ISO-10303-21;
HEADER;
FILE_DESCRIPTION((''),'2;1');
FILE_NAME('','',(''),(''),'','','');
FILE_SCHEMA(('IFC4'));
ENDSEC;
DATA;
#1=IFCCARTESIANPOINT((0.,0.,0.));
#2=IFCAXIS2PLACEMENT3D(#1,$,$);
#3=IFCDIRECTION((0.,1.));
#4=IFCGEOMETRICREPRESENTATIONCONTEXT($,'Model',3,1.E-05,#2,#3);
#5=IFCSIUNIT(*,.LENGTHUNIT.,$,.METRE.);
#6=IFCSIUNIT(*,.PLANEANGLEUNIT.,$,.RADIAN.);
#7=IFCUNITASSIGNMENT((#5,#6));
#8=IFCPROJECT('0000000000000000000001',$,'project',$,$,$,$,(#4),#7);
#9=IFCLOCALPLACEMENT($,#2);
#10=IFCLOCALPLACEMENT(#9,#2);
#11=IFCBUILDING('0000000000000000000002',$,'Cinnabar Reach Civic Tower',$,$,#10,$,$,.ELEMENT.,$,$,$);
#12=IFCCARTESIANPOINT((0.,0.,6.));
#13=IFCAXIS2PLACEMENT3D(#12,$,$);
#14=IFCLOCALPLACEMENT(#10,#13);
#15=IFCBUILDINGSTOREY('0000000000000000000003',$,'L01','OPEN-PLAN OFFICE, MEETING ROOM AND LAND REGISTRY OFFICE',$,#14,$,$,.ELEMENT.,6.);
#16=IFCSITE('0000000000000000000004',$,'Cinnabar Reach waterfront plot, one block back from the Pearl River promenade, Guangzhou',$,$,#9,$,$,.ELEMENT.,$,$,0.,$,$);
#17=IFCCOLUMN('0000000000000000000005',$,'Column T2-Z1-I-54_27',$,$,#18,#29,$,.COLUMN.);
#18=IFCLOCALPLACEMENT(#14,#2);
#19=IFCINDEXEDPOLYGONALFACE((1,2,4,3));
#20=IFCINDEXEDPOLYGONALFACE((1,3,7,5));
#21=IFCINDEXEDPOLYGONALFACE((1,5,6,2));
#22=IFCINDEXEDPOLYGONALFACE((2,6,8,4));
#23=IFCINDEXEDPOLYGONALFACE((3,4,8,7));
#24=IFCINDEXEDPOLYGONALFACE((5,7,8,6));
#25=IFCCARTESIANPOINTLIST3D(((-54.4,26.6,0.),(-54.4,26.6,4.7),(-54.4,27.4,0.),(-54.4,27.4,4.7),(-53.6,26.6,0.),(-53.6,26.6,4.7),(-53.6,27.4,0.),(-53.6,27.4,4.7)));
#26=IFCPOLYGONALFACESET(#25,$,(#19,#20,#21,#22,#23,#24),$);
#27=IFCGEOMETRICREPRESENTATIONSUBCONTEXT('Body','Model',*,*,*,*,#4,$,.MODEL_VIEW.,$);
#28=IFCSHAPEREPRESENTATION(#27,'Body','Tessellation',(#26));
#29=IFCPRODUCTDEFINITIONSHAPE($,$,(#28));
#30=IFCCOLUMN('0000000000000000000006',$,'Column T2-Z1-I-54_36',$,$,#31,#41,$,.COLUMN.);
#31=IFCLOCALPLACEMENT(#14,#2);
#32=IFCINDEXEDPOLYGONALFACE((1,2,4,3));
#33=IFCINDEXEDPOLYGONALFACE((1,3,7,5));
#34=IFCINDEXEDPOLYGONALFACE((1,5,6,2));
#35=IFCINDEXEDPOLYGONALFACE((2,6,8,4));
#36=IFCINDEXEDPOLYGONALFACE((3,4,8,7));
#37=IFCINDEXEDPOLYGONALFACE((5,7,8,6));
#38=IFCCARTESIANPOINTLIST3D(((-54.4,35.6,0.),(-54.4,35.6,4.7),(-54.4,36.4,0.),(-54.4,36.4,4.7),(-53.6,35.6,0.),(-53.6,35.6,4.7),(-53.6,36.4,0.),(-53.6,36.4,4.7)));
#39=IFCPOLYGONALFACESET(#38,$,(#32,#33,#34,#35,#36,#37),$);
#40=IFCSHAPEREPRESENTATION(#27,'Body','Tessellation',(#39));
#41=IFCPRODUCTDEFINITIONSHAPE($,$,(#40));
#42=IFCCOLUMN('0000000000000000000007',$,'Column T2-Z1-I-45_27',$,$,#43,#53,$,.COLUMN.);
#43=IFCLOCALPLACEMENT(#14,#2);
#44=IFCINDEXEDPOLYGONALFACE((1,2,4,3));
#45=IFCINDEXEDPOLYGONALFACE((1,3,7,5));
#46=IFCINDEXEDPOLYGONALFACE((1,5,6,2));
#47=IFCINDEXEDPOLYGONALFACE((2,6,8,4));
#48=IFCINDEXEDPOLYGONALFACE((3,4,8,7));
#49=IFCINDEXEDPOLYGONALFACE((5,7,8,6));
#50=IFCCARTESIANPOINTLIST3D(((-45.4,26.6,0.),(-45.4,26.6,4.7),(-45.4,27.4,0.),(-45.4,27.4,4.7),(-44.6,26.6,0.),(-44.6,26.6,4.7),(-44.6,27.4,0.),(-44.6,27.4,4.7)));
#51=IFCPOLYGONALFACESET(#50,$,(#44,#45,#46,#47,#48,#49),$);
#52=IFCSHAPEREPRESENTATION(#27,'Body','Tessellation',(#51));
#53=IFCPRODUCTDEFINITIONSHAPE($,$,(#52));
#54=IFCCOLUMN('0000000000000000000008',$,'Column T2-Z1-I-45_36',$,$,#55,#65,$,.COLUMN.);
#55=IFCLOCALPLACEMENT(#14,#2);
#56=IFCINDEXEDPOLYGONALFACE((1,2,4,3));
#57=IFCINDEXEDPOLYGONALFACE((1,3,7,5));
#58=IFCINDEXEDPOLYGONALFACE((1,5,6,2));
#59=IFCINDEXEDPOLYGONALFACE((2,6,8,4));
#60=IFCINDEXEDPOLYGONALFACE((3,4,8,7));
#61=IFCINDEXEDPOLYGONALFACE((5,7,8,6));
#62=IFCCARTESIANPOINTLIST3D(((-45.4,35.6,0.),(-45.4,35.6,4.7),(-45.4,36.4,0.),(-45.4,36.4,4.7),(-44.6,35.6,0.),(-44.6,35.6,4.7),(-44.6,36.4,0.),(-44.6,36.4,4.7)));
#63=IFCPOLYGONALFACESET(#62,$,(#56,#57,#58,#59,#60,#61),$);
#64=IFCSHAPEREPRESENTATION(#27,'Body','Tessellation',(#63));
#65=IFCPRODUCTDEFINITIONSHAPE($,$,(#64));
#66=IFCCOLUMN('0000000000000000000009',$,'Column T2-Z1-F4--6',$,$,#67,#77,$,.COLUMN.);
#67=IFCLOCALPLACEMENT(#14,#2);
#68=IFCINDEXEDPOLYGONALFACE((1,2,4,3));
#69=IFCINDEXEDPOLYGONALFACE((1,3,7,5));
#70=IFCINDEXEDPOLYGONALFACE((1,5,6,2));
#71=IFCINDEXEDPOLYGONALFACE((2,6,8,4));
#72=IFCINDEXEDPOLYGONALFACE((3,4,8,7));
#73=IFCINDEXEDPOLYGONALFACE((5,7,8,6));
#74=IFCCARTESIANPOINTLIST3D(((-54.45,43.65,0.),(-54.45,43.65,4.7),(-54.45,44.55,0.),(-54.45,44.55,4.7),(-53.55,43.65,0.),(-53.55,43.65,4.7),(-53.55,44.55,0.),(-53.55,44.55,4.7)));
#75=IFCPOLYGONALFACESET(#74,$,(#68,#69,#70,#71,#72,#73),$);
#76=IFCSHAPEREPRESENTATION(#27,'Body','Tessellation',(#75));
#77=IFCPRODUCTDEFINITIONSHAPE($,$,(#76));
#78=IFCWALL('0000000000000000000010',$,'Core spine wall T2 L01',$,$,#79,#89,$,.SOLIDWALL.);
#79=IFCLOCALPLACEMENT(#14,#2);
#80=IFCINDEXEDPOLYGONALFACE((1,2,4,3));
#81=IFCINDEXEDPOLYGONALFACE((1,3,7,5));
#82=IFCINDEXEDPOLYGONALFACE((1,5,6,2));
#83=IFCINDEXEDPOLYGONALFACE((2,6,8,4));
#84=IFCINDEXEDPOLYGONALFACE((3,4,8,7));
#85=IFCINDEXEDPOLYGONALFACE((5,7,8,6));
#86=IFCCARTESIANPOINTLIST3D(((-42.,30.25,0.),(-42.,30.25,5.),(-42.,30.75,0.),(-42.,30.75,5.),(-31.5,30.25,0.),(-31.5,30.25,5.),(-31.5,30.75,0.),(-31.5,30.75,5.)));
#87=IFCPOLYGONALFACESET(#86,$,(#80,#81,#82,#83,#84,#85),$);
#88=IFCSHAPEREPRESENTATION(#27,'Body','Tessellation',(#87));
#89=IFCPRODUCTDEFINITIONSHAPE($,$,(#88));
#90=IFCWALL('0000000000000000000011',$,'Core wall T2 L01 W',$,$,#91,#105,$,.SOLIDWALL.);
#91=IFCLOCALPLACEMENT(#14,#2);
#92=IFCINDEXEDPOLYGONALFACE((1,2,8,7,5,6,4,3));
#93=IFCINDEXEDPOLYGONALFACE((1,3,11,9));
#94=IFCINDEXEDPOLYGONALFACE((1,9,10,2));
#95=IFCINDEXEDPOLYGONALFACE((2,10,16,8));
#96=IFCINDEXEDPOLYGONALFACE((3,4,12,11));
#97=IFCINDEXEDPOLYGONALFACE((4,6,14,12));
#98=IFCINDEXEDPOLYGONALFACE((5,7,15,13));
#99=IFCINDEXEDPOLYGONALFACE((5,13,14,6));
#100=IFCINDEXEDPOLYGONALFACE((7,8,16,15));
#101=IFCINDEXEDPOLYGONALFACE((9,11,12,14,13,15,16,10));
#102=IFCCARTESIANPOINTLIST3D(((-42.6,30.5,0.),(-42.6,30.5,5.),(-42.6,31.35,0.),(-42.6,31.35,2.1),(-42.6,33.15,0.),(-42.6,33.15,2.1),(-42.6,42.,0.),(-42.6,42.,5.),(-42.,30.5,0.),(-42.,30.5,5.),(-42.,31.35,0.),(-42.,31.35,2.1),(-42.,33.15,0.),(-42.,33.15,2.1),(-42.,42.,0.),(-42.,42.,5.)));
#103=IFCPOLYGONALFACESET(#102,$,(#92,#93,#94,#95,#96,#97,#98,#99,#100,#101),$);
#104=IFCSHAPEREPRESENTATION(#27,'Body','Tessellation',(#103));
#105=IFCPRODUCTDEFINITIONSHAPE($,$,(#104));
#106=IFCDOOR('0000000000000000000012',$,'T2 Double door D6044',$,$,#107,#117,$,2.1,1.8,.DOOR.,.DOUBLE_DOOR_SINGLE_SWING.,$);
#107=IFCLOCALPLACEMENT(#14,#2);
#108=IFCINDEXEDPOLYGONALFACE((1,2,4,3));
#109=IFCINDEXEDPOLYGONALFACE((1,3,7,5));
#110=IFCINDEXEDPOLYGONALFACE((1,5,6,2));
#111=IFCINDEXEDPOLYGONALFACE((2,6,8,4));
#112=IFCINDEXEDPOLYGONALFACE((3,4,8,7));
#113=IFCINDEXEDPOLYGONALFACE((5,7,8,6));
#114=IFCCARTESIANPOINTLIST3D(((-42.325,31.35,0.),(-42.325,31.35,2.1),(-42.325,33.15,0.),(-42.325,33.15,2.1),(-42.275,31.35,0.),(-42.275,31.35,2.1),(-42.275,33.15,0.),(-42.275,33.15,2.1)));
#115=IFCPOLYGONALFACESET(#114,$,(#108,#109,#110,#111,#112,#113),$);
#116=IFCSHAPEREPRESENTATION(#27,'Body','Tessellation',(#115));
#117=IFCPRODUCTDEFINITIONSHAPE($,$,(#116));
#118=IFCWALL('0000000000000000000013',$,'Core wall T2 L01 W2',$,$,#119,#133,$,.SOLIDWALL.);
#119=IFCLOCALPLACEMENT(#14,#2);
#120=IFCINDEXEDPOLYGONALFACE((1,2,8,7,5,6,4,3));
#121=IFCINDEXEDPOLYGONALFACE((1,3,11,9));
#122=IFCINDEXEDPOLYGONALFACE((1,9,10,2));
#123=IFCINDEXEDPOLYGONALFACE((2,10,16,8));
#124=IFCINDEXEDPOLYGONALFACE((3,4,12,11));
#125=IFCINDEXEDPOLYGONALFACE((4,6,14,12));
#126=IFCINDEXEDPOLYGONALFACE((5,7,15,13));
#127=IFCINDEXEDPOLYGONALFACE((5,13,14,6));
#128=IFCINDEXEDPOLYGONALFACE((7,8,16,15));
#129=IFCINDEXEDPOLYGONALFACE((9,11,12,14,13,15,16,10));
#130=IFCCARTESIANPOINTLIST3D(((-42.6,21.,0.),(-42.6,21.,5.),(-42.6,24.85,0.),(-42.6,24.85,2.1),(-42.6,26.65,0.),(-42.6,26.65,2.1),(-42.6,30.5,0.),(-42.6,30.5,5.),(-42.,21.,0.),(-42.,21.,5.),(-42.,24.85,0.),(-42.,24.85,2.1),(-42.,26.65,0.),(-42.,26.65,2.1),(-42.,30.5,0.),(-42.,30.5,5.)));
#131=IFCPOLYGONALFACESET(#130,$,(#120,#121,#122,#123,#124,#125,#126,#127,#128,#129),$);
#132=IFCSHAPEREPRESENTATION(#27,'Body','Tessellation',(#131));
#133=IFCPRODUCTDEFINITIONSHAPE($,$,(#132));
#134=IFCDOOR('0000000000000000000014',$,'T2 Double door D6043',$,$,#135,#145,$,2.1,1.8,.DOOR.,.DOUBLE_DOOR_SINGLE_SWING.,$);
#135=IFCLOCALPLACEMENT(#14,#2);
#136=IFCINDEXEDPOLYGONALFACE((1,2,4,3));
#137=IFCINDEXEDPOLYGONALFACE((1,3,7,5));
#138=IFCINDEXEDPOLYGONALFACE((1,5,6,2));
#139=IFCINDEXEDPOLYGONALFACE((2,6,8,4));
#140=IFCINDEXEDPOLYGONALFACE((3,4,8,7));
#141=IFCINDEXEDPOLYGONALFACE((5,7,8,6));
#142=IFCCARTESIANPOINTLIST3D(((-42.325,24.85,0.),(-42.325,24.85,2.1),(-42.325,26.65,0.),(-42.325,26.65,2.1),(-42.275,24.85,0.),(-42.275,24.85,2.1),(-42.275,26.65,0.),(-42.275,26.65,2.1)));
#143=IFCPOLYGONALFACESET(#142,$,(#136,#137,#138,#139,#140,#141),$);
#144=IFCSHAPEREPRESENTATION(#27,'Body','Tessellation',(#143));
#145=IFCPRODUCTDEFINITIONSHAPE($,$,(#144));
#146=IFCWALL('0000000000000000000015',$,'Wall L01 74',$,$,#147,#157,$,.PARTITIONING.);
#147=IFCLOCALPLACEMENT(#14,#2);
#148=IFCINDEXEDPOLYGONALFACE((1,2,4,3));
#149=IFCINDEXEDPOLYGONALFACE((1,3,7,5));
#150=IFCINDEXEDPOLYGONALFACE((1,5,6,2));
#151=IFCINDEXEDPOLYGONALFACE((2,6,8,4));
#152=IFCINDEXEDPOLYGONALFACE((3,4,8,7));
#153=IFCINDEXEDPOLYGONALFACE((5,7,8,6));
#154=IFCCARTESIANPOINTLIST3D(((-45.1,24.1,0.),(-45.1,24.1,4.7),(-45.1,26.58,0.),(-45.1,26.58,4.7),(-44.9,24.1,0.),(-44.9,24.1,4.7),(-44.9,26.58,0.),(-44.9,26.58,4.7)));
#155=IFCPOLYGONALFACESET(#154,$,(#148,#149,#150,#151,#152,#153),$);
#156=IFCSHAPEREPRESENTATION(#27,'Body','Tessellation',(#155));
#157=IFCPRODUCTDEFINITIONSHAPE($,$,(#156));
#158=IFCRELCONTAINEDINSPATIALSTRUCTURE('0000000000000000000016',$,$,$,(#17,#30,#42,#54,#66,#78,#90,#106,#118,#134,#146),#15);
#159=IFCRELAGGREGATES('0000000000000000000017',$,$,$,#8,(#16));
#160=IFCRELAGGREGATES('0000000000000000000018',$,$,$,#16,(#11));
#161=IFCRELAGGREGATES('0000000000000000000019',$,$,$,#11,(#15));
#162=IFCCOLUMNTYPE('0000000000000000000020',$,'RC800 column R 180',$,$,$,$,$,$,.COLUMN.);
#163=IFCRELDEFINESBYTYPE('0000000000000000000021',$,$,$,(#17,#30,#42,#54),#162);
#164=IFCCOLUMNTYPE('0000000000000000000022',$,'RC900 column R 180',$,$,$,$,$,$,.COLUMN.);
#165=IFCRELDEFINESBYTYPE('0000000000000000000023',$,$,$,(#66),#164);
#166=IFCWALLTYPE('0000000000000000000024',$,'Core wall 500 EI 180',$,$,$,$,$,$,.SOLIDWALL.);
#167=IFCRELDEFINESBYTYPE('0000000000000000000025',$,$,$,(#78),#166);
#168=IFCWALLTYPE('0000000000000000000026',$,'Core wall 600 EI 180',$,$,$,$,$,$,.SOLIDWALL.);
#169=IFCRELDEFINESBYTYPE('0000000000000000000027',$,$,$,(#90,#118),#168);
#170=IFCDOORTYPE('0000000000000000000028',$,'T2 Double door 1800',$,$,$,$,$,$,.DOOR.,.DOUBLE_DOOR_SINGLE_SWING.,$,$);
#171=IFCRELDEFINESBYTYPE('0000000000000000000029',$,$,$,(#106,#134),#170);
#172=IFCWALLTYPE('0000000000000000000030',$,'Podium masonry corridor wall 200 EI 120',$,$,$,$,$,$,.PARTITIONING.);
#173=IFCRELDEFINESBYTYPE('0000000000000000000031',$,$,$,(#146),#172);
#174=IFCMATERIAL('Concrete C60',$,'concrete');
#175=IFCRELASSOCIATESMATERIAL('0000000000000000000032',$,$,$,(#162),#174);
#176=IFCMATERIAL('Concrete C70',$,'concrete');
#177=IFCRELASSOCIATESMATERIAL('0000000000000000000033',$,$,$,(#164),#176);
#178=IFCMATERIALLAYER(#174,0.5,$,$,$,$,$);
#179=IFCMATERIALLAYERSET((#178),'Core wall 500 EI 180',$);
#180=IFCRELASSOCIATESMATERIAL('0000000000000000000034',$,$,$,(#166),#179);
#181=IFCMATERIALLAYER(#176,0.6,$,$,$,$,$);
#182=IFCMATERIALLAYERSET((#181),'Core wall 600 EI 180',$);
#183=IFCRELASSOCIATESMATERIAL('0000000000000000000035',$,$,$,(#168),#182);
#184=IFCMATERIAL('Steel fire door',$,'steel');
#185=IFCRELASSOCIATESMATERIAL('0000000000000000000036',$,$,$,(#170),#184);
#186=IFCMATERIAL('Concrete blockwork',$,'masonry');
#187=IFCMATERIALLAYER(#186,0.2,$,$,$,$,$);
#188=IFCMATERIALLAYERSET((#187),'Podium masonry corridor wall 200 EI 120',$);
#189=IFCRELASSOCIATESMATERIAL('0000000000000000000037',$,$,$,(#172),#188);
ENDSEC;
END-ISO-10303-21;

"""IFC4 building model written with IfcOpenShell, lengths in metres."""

from ifc_helpers import new_model, si_unit, direction, frame, frame_2d, origin, origin_2d, place, context, subcontext, project, spatial, rectangle, extrude, material, layer, layer_set, material_profile, profile_set, type_object, element, fill, save


model = new_model("IFC4")

# Units and contexts
model_context = context("Model", 3, precision=1e-05, world=origin(), true_north=direction((0.0, 1.0)))
body_context = subcontext(model_context, "Body", "Model", "MODEL_VIEW")
ifc_project = project(units=[si_unit("LENGTHUNIT", "METRE"), si_unit("PLANEANGLEUNIT", "RADIAN")], contexts=[model_context])

# Site, building, storey
site_placement = place(None, origin())
site = spatial("IfcSite", under=ifc_project, at=site_placement, Name="Cinnabar Reach waterfront plot, one block back from the Pearl River promenade, Guangzhou", CompositionType="ELEMENT", RefElevation=0.0)
building_placement = place(site_placement, origin())
building = spatial("IfcBuilding", under=site, at=building_placement, Name="Cinnabar Reach Civic Tower", CompositionType="ELEMENT")
storey_placement = place(building_placement, frame((0.0, 0.0, 6.0)))
storey = spatial("IfcBuildingStorey", under=building, at=storey_placement, Name="L01", Description="OPEN-PLAN OFFICE, MEETING ROOM AND LAND REGISTRY OFFICE", CompositionType="ELEMENT", Elevation=6.0)

# Columns
ifc_material_1 = material(Name="Concrete C60", Category="concrete")
ifc_material_profile_1 = material_profile(ifc_material_1, rectangle(XDim=0.8, YDim=0.8, at=origin_2d()), Name="RC800")
ifc_profile_set_1 = profile_set([ifc_material_profile_1], Name="Concrete C60")
column_type_1 = type_object("IfcColumnType", Name="RC800 column R 180", PredefinedType="COLUMN", material=ifc_profile_set_1)
for number, where, z_axis, x_axis, name in (
    (1, (-54.0, 27.0, 0.0), (0.0, 0.0, 1.0), (1.0, 0.0, 0.0), "Column T2-Z1-I-54_27"),
    (2, (-54.0, 36.0, 0.0), (0.0, 0.0, 1.0), (1.0, 0.0, 0.0), "Column T2-Z1-I-54_36"),
    (3, (-45.0, 27.0, 0.0), (0.0, 0.0, 1.0), (1.0, 0.0, 0.0), "Column T2-Z1-I-45_27"),
    (4, (-45.0, 36.0, 0.0), (0.0, 0.0, 1.0), (1.0, 0.0, 0.0), "Column T2-Z1-I-45_36"),
):
    element("IfcColumn", number, at=place(storey_placement, frame(where, z_axis=z_axis, x_axis=x_axis)), inside=storey, type_object=column_type_1, Name=name, PredefinedType="COLUMN", context=body_context, shape_type="SweptSolid", body=[
        extrude(rectangle(XDim=0.8, YDim=0.8, at=origin_2d()), origin(), (0.0, 0.0, 1.0), 4.7),
    ])
ifc_material_2 = material(Name="Concrete C70", Category="concrete")
ifc_material_profile_2 = material_profile(ifc_material_2, rectangle(XDim=0.9, YDim=0.9, at=origin_2d()), Name="RC900")
ifc_profile_set_2 = profile_set([ifc_material_profile_2], Name="Concrete C70")
column_type_2 = type_object("IfcColumnType", Name="RC900 column R 180", PredefinedType="COLUMN", material=ifc_profile_set_2)
column_placement = place(storey_placement, frame((-54.0, 44.1, 0.0), z_axis=(0.0, 0.0, 1.0), x_axis=(1.0, 0.0, 0.0)))
element("IfcColumn", 5, at=column_placement, inside=storey, type_object=column_type_2, Name="Column T2-Z1-F4--6", PredefinedType="COLUMN", context=body_context, shape_type="SweptSolid", body=[
    extrude(rectangle(XDim=0.9, YDim=0.9, at=origin_2d()), origin(), (0.0, 0.0, 1.0), 4.7),
])

# Wall
ifc_layer_1 = layer(ifc_material_1, 0.5)
ifc_layer_set_1 = layer_set([ifc_layer_1], Name="Core wall 500 EI 180")
wall_type_1 = type_object("IfcWallType", Name="Core wall 500 EI 180", PredefinedType="SOLIDWALL", material=ifc_layer_set_1)
wall_1_placement = place(storey_placement, frame((-42.0, 30.5, 0.0), z_axis=(0.0, 0.0, 1.0), x_axis=(1.0, 0.0, 0.0)))
element("IfcWall", 6, at=wall_1_placement, inside=storey, type_object=wall_type_1, Name="Core spine wall T2 L01", PredefinedType="SOLIDWALL", context=body_context, shape_type="SweptSolid", body=[
    extrude(rectangle(XDim=10.5, YDim=0.5, at=frame_2d((5.25, 0.0))), origin(), (0.0, 0.0, 1.0), 5.0),
])

# Walls, openings, doors
ifc_layer_2 = layer(ifc_material_2, 0.6)
ifc_layer_set_2 = layer_set([ifc_layer_2], Name="Core wall 600 EI 180")
wall_type_2 = type_object("IfcWallType", Name="Core wall 600 EI 180", PredefinedType="SOLIDWALL", material=ifc_layer_set_2)
wall_2_placement = place(storey_placement, frame((-42.3, 42.0, 0.0), z_axis=(0.0, 0.0, 1.0), x_axis=(0.0, -1.0, 0.0)))
wall_2 = element("IfcWall", 7, at=wall_2_placement, inside=storey, type_object=wall_type_2, Name="Core wall T2 L01 W", PredefinedType="SOLIDWALL", context=body_context, shape_type="SweptSolid", body=[
    extrude(rectangle(XDim=11.5, YDim=0.6, at=frame_2d((5.75, 0.0))), origin(), (0.0, 0.0, 1.0), 5.0),
])
opening_1_placement = place(wall_2_placement, frame((8.85, 0.0, 0.0)))
opening_1 = element("IfcOpeningElement", 8, at=opening_1_placement, cuts=wall_2, PredefinedType="OPENING", context=body_context, shape_type="SweptSolid", body=[
    extrude(rectangle(XDim=1.8, YDim=2.1, at=frame_2d((0.9, 1.05))), frame((0.0, 0.31, 0.0), z_axis=(0.0, -1.0, 0.0), x_axis=(1.0, 0.0, 0.0)), (0.0, 0.0, 1.0), 0.62),
])
ifc_material_3 = material(Name="Steel fire door", Category="steel")
door_type_1 = type_object("IfcDoorType", Name="T2 Double door 1800", OperationType="DOUBLE_DOOR_SINGLE_SWING", PredefinedType="DOOR", material=ifc_material_3)
door_1_placement = place(opening_1_placement, frame((1.8, 0.0, 0.0), z_axis=(0.0, 0.0, 1.0), x_axis=(-1.0, 0.0, 0.0)))
door_1 = element("IfcDoor", 9, at=door_1_placement, inside=storey, type_object=door_type_1, Name="T2 Double door D6044", OperationType="DOUBLE_DOOR_SINGLE_SWING", OverallHeight=2.1, OverallWidth=1.8, PredefinedType="DOOR", context=body_context, shape_type="SweptSolid", body=[
    extrude(rectangle(XDim=1.8, YDim=2.1, at=frame_2d((0.9, 1.05))), frame((0.0, 0.025, 0.0), z_axis=(0.0, -1.0, 0.0), x_axis=(1.0, 0.0, 0.0)), (0.0, 0.0, 1.0), 0.05),
])
fill(opening_1, door_1)
wall_3_placement = place(storey_placement, frame((-42.3, 30.5, 0.0), z_axis=(0.0, 0.0, 1.0), x_axis=(0.0, -1.0, 0.0)))
wall_3 = element("IfcWall", 10, at=wall_3_placement, inside=storey, type_object=wall_type_2, Name="Core wall T2 L01 W2", PredefinedType="SOLIDWALL", context=body_context, shape_type="SweptSolid", body=[
    extrude(rectangle(XDim=9.5, YDim=0.6, at=frame_2d((4.75, 0.0))), origin(), (0.0, 0.0, 1.0), 5.0),
])
opening_2_placement = place(wall_3_placement, frame((3.85, 0.0, 0.0)))
opening_2 = element("IfcOpeningElement", 11, at=opening_2_placement, cuts=wall_3, PredefinedType="OPENING", context=body_context, shape_type="SweptSolid", body=[
    extrude(rectangle(XDim=1.8, YDim=2.1, at=frame_2d((0.9, 1.05))), frame((0.0, 0.31, 0.0), z_axis=(0.0, -1.0, 0.0), x_axis=(1.0, 0.0, 0.0)), (0.0, 0.0, 1.0), 0.62),
])
door_2_placement = place(opening_2_placement, origin())
door_2 = element("IfcDoor", 12, at=door_2_placement, inside=storey, type_object=door_type_1, Name="T2 Double door D6043", OperationType="DOUBLE_DOOR_SINGLE_SWING", OverallHeight=2.1, OverallWidth=1.8, PredefinedType="DOOR", context=body_context, shape_type="SweptSolid", body=[
    extrude(rectangle(XDim=1.8, YDim=2.1, at=frame_2d((0.9, 1.05))), frame((0.0, 0.025, 0.0), z_axis=(0.0, -1.0, 0.0), x_axis=(1.0, 0.0, 0.0)), (0.0, 0.0, 1.0), 0.05),
])
fill(opening_2, door_2)

# Wall
ifc_material_4 = material(Name="Concrete blockwork", Category="masonry")
ifc_layer_3 = layer(ifc_material_4, 0.2)
ifc_layer_set_3 = layer_set([ifc_layer_3], Name="Podium masonry corridor wall 200 EI 120")
wall_type_3 = type_object("IfcWallType", Name="Podium masonry corridor wall 200 EI 120", PredefinedType="PARTITIONING", material=ifc_layer_set_3)
wall_4_placement = place(storey_placement, frame((-45.0, 24.1, 0.0), z_axis=(0.0, 0.0, 1.0), x_axis=(0.0, 1.0, 0.0)))
element("IfcWall", 13, at=wall_4_placement, inside=storey, type_object=wall_type_3, Name="Wall L01 74", PredefinedType="PARTITIONING", context=body_context, shape_type="SweptSolid", body=[
    extrude(rectangle(XDim=2.48, YDim=0.2, at=frame_2d((1.24, 0.0))), origin(), (0.0, 0.0, 1.0), 4.7),
])

save(model, "model.ifc")
